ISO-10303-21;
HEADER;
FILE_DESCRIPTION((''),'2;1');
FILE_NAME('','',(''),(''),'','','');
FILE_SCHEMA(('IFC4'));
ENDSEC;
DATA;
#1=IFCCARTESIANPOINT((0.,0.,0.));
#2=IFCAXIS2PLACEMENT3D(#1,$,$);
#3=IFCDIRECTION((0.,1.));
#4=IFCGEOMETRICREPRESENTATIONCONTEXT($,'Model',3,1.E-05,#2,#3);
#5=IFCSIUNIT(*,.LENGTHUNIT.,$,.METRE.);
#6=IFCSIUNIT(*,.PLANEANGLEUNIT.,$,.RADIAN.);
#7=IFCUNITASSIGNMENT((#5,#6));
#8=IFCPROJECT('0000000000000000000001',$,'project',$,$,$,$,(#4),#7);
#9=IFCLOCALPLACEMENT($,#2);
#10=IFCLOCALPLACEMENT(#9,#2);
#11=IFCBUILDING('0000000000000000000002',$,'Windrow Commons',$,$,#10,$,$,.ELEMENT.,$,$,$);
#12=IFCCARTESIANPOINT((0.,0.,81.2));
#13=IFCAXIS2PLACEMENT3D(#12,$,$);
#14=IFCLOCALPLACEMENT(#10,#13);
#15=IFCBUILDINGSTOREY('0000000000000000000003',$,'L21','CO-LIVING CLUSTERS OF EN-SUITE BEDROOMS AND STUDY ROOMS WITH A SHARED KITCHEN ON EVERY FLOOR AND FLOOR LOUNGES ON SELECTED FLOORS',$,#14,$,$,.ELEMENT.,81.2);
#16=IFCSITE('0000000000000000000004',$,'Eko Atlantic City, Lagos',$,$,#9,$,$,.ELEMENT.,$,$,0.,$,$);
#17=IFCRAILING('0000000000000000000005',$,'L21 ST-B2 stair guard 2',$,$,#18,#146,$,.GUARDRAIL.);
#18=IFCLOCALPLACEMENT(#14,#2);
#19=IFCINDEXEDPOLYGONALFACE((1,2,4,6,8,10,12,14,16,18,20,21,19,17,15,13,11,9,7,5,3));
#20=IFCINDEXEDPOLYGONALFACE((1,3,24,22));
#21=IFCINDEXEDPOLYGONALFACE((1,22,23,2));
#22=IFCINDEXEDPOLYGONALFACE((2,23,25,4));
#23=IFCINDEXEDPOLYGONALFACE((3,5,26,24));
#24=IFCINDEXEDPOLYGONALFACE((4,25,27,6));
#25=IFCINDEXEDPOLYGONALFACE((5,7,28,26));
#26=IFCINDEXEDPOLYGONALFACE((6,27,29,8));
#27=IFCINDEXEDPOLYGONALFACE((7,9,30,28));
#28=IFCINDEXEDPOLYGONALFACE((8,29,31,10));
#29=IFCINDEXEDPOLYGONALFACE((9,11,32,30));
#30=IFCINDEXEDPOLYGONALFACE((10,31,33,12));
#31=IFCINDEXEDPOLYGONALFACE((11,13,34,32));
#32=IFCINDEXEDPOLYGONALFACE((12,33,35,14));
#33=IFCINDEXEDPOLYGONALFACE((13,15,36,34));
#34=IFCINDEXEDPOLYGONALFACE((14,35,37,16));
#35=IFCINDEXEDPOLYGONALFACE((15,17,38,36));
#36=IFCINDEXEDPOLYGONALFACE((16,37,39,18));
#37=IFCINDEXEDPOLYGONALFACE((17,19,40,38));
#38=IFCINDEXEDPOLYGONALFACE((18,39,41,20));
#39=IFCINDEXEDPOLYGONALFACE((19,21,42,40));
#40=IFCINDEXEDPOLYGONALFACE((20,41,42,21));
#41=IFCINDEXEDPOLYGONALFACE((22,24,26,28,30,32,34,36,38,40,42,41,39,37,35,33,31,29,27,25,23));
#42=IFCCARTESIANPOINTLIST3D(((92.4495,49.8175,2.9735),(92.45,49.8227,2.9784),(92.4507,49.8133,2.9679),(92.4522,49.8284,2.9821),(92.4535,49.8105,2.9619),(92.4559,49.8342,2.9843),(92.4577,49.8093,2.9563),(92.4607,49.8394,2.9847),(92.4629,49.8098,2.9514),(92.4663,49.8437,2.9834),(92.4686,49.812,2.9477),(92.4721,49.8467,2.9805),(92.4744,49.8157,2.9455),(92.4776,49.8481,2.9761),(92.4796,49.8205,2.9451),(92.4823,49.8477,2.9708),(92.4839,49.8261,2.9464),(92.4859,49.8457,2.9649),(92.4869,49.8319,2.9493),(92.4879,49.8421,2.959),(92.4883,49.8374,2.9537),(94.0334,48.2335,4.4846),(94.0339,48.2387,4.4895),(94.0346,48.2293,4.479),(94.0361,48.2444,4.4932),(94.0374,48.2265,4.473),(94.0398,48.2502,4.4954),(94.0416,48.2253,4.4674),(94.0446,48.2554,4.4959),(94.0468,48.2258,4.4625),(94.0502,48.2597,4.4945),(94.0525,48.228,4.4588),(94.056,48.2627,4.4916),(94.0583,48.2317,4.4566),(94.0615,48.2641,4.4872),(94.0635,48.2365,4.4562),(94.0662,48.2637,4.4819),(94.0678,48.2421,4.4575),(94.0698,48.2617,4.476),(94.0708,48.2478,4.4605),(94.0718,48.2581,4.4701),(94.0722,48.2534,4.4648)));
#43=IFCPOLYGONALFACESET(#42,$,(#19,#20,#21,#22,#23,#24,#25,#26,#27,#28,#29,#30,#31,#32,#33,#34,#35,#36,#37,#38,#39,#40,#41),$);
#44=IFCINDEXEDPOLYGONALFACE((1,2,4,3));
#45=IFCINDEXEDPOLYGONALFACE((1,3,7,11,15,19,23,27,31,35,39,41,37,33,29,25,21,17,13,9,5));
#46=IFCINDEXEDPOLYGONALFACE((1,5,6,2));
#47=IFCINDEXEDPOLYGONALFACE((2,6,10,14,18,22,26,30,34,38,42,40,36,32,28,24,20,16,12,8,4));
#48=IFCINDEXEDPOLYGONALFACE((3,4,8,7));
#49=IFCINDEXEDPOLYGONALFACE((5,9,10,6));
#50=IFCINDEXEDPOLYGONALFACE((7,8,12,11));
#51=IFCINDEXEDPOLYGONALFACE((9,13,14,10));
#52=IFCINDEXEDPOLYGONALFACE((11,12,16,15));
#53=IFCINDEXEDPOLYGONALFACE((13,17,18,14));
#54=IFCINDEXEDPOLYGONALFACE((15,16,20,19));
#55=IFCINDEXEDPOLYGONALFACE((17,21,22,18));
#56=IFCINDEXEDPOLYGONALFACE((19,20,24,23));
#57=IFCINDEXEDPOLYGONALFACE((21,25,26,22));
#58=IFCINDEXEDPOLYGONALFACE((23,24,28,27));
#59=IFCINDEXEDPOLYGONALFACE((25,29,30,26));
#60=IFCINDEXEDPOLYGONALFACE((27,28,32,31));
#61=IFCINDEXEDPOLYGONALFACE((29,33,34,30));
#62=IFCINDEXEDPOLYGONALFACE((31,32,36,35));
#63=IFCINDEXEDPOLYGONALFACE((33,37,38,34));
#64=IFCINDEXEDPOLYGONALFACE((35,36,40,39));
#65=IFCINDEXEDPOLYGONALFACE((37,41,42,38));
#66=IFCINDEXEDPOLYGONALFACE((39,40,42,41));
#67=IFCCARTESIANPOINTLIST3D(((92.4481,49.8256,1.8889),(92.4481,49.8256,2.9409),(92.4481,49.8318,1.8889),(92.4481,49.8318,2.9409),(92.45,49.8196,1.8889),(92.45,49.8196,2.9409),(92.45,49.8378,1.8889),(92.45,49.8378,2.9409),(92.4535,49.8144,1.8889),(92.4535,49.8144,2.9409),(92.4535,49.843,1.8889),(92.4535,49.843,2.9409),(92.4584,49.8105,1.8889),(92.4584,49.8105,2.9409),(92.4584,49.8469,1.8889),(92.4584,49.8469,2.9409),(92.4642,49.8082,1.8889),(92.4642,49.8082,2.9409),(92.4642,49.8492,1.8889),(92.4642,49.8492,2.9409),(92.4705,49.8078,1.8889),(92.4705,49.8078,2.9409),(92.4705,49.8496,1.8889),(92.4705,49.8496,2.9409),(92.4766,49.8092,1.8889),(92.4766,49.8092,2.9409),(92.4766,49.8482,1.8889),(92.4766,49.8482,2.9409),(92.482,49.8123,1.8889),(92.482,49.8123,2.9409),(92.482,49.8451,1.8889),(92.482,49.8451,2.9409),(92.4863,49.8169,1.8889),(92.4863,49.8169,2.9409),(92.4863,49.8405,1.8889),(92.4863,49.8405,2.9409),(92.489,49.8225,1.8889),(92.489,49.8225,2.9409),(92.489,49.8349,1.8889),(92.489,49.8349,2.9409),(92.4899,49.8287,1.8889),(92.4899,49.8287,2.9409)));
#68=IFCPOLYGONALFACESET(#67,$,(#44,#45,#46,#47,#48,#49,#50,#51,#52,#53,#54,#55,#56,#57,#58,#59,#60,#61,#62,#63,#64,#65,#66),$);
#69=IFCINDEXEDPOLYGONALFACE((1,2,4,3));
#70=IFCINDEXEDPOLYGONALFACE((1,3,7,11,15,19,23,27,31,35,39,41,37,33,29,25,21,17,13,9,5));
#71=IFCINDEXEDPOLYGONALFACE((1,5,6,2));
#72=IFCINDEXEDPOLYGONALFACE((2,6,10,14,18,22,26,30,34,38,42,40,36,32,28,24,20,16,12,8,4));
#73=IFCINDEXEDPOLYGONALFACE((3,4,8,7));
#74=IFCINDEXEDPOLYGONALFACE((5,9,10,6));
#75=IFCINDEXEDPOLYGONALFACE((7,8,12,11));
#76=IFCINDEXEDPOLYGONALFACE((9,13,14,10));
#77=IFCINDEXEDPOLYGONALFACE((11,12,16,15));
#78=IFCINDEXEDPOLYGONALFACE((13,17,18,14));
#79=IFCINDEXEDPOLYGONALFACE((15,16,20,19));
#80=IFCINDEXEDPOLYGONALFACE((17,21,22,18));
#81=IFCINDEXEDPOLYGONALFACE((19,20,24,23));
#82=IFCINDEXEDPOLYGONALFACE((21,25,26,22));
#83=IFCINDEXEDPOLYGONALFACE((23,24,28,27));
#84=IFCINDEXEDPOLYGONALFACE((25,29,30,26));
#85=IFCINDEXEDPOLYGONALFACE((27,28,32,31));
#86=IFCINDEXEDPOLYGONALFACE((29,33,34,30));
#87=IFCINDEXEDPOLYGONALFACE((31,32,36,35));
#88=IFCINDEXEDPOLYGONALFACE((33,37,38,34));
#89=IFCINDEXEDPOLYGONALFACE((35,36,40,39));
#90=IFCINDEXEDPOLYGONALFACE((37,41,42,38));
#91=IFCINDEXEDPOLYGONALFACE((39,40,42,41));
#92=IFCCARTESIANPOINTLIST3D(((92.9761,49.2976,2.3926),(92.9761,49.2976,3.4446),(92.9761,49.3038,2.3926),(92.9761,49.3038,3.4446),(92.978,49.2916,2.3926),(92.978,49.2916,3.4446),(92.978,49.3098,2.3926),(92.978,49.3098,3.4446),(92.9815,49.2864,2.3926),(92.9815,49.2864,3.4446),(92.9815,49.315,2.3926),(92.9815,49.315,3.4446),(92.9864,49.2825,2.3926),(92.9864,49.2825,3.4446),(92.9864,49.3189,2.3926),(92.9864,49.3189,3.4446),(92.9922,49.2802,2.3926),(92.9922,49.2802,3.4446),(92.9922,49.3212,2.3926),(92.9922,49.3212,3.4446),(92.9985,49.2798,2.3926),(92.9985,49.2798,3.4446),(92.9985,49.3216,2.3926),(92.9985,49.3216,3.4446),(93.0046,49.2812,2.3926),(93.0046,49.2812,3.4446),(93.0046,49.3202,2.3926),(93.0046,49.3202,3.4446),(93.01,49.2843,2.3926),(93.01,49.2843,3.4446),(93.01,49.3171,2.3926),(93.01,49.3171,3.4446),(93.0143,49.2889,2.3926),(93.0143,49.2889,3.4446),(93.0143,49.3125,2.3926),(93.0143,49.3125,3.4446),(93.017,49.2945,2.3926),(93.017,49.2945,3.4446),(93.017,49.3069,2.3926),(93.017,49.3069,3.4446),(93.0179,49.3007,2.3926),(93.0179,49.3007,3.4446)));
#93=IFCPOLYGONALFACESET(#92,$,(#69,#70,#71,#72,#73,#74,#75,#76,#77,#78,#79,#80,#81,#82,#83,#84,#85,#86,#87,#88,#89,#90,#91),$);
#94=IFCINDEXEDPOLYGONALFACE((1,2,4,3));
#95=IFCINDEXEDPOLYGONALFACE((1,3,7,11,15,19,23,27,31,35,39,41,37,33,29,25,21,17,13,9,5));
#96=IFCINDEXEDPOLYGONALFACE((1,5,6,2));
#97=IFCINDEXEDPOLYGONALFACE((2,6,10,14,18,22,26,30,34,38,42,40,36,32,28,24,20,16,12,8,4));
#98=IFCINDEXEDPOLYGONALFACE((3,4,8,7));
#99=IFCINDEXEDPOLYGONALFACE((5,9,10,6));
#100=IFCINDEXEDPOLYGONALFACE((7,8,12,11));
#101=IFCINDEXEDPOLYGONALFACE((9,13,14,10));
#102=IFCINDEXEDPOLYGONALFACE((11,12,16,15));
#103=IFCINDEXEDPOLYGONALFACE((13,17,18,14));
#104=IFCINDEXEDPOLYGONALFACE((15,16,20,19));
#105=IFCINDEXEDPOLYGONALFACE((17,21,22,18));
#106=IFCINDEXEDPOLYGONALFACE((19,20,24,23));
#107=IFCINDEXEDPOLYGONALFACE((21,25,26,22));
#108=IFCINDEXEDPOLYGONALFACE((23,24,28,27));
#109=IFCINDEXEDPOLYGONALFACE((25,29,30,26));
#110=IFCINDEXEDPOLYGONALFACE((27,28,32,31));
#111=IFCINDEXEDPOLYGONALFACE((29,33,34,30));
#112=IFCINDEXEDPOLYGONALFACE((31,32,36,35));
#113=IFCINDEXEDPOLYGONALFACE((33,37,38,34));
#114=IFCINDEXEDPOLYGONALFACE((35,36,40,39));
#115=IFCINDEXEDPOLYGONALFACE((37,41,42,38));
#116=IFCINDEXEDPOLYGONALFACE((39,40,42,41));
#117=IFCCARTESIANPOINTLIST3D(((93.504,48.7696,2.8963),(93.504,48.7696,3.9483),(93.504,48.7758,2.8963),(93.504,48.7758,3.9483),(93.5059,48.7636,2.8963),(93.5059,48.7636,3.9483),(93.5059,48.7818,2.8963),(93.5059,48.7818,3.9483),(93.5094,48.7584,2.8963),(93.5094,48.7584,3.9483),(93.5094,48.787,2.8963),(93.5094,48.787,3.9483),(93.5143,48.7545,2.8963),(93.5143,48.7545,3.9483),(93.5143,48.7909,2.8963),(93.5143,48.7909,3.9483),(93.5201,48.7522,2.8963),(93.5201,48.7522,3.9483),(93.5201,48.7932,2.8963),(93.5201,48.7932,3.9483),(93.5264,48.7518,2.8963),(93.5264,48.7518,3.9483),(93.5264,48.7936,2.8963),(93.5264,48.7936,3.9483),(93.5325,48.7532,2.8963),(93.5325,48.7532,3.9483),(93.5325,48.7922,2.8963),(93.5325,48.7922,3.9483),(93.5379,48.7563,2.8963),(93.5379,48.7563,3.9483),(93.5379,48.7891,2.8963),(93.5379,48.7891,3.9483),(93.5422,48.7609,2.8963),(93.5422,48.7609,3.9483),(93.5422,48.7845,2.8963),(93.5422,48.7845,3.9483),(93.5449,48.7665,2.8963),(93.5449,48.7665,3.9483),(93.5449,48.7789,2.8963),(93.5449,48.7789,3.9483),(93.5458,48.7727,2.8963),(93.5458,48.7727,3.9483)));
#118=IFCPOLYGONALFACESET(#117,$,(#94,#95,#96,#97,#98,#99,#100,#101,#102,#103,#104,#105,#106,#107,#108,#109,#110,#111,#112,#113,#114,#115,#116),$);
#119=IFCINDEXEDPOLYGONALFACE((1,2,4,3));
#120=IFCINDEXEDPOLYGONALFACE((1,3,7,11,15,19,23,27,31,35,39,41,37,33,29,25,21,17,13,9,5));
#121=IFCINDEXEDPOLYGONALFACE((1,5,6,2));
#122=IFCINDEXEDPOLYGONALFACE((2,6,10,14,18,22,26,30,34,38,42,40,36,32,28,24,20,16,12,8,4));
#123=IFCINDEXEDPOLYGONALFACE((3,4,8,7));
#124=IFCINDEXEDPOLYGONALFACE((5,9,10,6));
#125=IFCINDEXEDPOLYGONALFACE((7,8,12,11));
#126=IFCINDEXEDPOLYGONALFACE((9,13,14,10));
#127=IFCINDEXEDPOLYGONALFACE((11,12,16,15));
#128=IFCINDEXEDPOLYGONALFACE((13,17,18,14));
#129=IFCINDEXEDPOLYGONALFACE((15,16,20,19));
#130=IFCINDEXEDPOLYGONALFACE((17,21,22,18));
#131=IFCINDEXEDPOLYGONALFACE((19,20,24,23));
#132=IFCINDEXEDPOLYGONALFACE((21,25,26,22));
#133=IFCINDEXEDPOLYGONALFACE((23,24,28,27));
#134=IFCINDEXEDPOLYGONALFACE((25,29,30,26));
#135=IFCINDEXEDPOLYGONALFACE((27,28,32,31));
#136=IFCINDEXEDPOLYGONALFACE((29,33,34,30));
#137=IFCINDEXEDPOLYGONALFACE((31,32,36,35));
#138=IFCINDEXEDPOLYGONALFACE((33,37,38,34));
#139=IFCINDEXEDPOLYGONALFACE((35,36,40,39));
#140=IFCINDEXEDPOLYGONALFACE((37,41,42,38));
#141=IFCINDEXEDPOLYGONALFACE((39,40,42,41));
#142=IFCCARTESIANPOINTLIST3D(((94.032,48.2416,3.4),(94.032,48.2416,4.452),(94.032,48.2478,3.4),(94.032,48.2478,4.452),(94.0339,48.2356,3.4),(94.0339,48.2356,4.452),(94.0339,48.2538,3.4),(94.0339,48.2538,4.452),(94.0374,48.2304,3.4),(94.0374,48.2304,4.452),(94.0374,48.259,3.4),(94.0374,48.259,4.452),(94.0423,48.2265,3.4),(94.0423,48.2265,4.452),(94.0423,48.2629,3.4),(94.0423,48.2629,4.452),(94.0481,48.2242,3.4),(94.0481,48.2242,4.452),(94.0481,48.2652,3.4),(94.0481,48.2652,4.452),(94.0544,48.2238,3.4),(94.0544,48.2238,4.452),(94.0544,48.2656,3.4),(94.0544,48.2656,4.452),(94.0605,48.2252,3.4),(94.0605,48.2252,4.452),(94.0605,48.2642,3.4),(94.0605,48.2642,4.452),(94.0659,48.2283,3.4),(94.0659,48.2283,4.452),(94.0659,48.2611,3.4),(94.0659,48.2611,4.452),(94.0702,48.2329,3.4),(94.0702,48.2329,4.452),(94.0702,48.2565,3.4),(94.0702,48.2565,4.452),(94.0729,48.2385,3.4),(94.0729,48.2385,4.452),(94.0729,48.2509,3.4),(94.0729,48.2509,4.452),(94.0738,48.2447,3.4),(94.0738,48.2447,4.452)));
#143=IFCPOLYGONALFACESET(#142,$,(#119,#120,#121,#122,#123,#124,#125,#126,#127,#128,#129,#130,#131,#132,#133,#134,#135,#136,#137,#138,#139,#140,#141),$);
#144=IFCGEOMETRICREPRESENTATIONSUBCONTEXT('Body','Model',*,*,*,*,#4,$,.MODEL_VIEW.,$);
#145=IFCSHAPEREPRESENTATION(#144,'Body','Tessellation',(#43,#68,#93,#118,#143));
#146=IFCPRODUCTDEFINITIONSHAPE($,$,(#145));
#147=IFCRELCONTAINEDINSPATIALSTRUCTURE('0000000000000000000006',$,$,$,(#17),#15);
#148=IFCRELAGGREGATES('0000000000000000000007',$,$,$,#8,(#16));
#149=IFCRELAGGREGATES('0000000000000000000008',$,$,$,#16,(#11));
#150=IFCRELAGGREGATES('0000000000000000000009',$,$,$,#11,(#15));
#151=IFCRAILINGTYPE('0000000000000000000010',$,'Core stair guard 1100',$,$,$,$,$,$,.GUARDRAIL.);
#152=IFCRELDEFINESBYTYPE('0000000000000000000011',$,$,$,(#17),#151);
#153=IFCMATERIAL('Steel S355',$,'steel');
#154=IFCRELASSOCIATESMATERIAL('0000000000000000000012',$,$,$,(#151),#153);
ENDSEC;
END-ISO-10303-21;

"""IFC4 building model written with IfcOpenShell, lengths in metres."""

from ifc_helpers import new_model, si_unit, direction, frame, origin, origin_2d, place, context, subcontext, project, spatial, circle, extrude, material, type_object, element, save


model = new_model("IFC4")

# Units and contexts
model_context = context("Model", 3, precision=1e-05, world=origin(), true_north=direction((0.0, 1.0)))
body_context = subcontext(model_context, "Body", "Model", "MODEL_VIEW")
ifc_project = project(units=[si_unit("LENGTHUNIT", "METRE"), si_unit("PLANEANGLEUNIT", "RADIAN")], contexts=[model_context])

# Site, building, storey
site_placement = place(None, origin())
site = spatial("IfcSite", under=ifc_project, at=site_placement, Name="Eko Atlantic City, Lagos", CompositionType="ELEMENT", RefElevation=0.0)
building_placement = place(site_placement, origin())
building = spatial("IfcBuilding", under=site, at=building_placement, Name="Windrow Commons", CompositionType="ELEMENT")
storey_placement = place(building_placement, frame((0.0, 0.0, 81.2)))
storey = spatial("IfcBuildingStorey", under=building, at=storey_placement, Name="L21", Description="CO-LIVING CLUSTERS OF EN-SUITE BEDROOMS AND STUDY ROOMS WITH A SHARED KITCHEN ON EVERY FLOOR AND FLOOR LOUNGES ON SELECTED FLOORS", CompositionType="ELEMENT", Elevation=81.2)

# Railing
ifc_material_1 = material(Name="Steel S355", Category="steel")
railing_type_1 = type_object("IfcRailingType", Name="Core stair guard 1100", PredefinedType="GUARDRAIL", material=ifc_material_1)
railing_1_placement = place(storey_placement, frame((92.4689, 49.8287, 1.8889)))
element("IfcRailing", 1, at=railing_1_placement, inside=storey, type_object=railing_type_1, Name="L21 ST-B2 stair guard 2", PredefinedType="GUARDRAIL", context=body_context, shape_type="SweptSolid", body=[
    extrude(circle(Radius=0.024, at=origin_2d()), frame((0.0, 0.0, 1.076), z_axis=(0.586179, -0.586216, 0.559237), x_axis=(0.707129, 0.707084, 0.0)), (0.0, 0.0, 1.0), 2.7021),
    extrude(circle(Radius=0.021, at=origin_2d()), origin(), (0.0, 0.0, 1.0), 1.052),
    extrude(circle(Radius=0.021, at=origin_2d()), frame((0.528, -0.528, 0.5037)), (0.0, 0.0, 1.0), 1.052),
    extrude(circle(Radius=0.021, at=origin_2d()), frame((1.0559, -1.056, 1.0074)), (0.0, 0.0, 1.0), 1.052),
    extrude(circle(Radius=0.021, at=origin_2d()), frame((1.5839, -1.584, 1.5111)), (0.0, 0.0, 1.0), 1.052),
])

save(model, "model.ifc")
